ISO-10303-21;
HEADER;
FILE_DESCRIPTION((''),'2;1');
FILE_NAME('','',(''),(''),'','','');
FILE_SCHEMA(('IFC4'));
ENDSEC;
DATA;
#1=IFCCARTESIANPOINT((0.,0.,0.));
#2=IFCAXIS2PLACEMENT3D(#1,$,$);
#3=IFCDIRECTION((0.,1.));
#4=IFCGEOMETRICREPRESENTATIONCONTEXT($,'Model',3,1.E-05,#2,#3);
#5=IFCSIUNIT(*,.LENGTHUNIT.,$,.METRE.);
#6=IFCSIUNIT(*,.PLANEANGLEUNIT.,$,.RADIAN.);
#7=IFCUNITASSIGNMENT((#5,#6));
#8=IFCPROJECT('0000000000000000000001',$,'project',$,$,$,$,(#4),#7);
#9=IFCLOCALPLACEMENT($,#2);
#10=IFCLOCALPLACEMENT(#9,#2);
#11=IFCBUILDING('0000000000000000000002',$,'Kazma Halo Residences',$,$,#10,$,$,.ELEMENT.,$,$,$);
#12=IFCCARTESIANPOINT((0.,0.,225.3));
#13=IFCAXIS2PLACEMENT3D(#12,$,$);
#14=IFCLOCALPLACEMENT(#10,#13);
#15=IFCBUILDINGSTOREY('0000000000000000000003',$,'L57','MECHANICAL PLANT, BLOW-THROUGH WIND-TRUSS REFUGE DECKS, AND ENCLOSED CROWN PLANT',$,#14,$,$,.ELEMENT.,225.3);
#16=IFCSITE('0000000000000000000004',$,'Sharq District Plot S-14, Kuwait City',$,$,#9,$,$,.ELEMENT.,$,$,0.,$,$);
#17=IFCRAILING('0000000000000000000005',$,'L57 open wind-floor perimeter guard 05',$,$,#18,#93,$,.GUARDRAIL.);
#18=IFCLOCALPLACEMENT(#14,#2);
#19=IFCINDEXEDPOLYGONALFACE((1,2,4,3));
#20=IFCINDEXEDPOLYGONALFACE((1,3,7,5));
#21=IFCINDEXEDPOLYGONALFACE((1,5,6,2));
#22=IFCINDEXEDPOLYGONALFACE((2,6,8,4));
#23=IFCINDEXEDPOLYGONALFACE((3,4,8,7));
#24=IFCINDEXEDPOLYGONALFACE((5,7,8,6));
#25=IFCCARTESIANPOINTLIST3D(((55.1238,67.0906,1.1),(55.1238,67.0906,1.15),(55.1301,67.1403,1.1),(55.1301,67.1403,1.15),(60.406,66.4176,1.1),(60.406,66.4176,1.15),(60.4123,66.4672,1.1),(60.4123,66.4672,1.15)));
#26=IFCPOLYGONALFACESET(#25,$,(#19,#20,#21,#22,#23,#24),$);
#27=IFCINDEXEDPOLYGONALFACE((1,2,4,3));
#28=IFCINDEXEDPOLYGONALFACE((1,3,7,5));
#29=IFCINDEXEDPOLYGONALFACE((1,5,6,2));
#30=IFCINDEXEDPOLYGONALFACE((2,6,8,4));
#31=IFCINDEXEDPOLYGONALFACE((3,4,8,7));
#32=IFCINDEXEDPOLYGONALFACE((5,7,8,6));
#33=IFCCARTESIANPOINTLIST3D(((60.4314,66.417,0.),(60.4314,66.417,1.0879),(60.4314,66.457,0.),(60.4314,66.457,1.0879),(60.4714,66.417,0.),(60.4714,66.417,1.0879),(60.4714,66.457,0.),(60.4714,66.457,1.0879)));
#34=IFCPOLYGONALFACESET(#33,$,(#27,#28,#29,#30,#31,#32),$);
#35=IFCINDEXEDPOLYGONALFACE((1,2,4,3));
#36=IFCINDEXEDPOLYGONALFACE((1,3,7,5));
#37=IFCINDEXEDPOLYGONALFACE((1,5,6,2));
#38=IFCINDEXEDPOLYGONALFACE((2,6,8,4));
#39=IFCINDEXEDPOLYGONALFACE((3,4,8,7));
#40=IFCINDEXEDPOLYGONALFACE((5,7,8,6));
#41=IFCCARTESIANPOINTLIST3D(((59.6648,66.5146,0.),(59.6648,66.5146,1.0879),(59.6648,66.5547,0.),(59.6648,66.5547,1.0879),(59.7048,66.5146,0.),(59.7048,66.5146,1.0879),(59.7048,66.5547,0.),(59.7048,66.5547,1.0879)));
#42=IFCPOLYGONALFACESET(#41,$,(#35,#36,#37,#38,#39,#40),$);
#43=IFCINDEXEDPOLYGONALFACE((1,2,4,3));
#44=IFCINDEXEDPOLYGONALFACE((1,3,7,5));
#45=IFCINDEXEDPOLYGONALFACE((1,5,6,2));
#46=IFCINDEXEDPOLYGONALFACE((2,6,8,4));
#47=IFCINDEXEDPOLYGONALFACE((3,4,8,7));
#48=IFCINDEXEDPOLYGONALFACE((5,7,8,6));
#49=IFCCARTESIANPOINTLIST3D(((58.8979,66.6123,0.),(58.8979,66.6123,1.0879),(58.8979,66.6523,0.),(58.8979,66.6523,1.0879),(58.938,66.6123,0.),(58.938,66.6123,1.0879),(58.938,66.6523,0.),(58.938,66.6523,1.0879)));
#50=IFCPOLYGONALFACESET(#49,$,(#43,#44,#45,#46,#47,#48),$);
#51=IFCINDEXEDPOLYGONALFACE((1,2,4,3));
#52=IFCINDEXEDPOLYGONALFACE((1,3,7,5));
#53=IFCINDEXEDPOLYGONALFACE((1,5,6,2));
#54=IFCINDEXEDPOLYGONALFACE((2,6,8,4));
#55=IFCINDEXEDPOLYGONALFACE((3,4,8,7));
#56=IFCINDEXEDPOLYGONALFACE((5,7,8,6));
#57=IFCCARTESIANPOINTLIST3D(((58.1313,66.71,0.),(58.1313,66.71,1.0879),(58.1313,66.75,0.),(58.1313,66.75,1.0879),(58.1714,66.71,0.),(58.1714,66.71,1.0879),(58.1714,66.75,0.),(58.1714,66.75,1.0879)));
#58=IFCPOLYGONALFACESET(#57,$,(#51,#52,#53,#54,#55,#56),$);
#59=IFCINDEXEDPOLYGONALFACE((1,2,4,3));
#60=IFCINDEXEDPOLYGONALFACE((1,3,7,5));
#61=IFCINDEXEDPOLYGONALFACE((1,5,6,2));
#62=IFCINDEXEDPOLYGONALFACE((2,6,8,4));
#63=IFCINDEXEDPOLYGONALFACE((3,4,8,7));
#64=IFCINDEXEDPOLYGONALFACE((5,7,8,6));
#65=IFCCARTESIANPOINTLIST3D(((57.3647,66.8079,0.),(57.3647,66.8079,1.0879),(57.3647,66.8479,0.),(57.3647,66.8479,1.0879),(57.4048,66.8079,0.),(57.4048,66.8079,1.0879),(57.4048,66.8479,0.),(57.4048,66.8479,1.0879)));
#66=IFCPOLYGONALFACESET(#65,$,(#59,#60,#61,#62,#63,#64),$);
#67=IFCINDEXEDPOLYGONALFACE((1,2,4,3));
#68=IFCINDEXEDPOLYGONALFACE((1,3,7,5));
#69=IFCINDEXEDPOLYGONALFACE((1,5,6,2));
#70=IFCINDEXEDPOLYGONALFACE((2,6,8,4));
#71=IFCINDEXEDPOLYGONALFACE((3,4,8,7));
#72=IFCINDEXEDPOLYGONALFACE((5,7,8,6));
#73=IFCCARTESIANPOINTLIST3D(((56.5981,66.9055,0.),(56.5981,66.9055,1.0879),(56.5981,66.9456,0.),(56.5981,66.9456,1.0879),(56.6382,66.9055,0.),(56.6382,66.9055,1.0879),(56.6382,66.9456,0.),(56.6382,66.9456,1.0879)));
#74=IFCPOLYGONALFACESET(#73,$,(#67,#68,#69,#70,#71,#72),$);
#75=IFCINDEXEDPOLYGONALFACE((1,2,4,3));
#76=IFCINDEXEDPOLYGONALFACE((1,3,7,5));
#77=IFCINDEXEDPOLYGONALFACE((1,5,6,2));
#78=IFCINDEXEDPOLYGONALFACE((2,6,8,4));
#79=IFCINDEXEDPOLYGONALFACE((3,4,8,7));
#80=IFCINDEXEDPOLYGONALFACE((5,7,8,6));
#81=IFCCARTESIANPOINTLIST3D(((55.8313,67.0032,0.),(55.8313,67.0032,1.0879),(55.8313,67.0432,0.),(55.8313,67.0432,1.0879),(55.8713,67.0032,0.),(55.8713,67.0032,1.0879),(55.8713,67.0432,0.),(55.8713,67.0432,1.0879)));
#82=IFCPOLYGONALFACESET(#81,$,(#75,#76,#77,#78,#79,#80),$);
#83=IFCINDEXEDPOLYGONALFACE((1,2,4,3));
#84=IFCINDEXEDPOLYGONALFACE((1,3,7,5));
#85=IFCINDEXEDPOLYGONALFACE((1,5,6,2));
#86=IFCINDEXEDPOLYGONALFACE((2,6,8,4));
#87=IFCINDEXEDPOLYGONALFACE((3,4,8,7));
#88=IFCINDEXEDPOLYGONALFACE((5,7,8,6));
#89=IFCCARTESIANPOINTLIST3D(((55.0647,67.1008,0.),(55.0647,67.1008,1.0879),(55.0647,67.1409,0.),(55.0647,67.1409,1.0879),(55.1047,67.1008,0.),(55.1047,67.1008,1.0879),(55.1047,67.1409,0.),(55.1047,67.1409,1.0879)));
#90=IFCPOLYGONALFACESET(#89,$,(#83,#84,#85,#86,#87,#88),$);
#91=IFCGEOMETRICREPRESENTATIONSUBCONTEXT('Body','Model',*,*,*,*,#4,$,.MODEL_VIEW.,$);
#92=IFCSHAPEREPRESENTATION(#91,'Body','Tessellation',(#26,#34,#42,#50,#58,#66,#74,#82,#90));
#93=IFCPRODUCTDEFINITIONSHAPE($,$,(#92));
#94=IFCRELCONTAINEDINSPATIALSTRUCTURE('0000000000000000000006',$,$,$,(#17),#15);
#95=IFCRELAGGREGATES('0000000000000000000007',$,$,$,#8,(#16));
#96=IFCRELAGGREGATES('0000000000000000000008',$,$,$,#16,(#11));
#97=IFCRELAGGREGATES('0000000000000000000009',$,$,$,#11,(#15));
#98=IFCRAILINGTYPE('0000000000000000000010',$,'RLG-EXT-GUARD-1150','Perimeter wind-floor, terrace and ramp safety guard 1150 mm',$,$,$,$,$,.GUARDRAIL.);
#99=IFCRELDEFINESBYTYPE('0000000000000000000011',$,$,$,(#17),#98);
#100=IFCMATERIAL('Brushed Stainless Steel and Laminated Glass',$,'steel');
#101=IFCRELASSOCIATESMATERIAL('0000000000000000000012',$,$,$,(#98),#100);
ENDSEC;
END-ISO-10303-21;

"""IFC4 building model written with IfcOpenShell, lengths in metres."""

from ifc_helpers import new_model, si_unit, direction, frame, origin, origin_2d, place, context, subcontext, project, spatial, rectangle, extrude, material, type_object, element, save


model = new_model("IFC4")

# Units and contexts
model_context = context("Model", 3, precision=1e-05, world=origin(), true_north=direction((0.0, 1.0)))
body_context = subcontext(model_context, "Body", "Model", "MODEL_VIEW")
ifc_project = project(units=[si_unit("LENGTHUNIT", "METRE"), si_unit("PLANEANGLEUNIT", "RADIAN")], contexts=[model_context])

# Site, building, storey
site_placement = place(None, origin())
site = spatial("IfcSite", under=ifc_project, at=site_placement, Name="Sharq District Plot S-14, Kuwait City", CompositionType="ELEMENT", RefElevation=0.0)
building_placement = place(site_placement, origin())
building = spatial("IfcBuilding", under=site, at=building_placement, Name="Kazma Halo Residences", CompositionType="ELEMENT")
storey_placement = place(building_placement, frame((0.0, 0.0, 225.3)))
storey = spatial("IfcBuildingStorey", under=building, at=storey_placement, Name="L57", Description="MECHANICAL PLANT, BLOW-THROUGH WIND-TRUSS REFUGE DECKS, AND ENCLOSED CROWN PLANT", CompositionType="ELEMENT", Elevation=225.3)

# Railing
ifc_material_1 = material(Name="Brushed Stainless Steel and Laminated Glass", Category="steel")
railing_type = type_object("IfcRailingType", Name="RLG-EXT-GUARD-1150", Description="Perimeter wind-floor, terrace and ramp safety guard 1150 mm", PredefinedType="GUARDRAIL", material=ifc_material_1)
railing_1_placement = place(storey_placement, frame((60.4514, 66.437, 0.0)))
element("IfcRailing", 1, at=railing_1_placement, inside=storey, type_object=railing_type, Name="L57 open wind-floor perimeter guard 05", PredefinedType="GUARDRAIL", context=body_context, shape_type="SweptSolid", body=[
    extrude(rectangle(XDim=0.05, YDim=0.05, at=origin_2d()), frame((-0.0422, 0.0054, 1.125), z_axis=(-0.991979, 0.1264, 0.0), x_axis=(-0.1264, -0.991979, 0.0)), (0.0, 0.0, 1.0), 5.325),
    extrude(rectangle(XDim=0.04, YDim=0.04, at=origin_2d()), origin(), (0.0, 0.0, 1.0), 1.0879),
    extrude(rectangle(XDim=0.04, YDim=0.04, at=origin_2d()), frame((-0.7666, 0.0977, 0.0)), (0.0, 0.0, 1.0), 1.0879),
    extrude(rectangle(XDim=0.04, YDim=0.04, at=origin_2d()), frame((-1.5334, 0.1953, 0.0)), (0.0, 0.0, 1.0), 1.0879),
    extrude(rectangle(XDim=0.04, YDim=0.04, at=origin_2d()), frame((-2.3, 0.293, 0.0)), (0.0, 0.0, 1.0), 1.0879),
    extrude(rectangle(XDim=0.04, YDim=0.04, at=origin_2d()), frame((-3.0667, 0.3909, 0.0)), (0.0, 0.0, 1.0), 1.0879),
    extrude(rectangle(XDim=0.04, YDim=0.04, at=origin_2d()), frame((-3.8333, 0.4885, 0.0)), (0.0, 0.0, 1.0), 1.0879),
    extrude(rectangle(XDim=0.04, YDim=0.04, at=origin_2d()), frame((-4.6001, 0.5862, 0.0)), (0.0, 0.0, 1.0), 1.0879),
    extrude(rectangle(XDim=0.04, YDim=0.04, at=origin_2d()), frame((-5.3667, 0.6838, 0.0)), (0.0, 0.0, 1.0), 1.0879),
])

save(model, "model.ifc")
